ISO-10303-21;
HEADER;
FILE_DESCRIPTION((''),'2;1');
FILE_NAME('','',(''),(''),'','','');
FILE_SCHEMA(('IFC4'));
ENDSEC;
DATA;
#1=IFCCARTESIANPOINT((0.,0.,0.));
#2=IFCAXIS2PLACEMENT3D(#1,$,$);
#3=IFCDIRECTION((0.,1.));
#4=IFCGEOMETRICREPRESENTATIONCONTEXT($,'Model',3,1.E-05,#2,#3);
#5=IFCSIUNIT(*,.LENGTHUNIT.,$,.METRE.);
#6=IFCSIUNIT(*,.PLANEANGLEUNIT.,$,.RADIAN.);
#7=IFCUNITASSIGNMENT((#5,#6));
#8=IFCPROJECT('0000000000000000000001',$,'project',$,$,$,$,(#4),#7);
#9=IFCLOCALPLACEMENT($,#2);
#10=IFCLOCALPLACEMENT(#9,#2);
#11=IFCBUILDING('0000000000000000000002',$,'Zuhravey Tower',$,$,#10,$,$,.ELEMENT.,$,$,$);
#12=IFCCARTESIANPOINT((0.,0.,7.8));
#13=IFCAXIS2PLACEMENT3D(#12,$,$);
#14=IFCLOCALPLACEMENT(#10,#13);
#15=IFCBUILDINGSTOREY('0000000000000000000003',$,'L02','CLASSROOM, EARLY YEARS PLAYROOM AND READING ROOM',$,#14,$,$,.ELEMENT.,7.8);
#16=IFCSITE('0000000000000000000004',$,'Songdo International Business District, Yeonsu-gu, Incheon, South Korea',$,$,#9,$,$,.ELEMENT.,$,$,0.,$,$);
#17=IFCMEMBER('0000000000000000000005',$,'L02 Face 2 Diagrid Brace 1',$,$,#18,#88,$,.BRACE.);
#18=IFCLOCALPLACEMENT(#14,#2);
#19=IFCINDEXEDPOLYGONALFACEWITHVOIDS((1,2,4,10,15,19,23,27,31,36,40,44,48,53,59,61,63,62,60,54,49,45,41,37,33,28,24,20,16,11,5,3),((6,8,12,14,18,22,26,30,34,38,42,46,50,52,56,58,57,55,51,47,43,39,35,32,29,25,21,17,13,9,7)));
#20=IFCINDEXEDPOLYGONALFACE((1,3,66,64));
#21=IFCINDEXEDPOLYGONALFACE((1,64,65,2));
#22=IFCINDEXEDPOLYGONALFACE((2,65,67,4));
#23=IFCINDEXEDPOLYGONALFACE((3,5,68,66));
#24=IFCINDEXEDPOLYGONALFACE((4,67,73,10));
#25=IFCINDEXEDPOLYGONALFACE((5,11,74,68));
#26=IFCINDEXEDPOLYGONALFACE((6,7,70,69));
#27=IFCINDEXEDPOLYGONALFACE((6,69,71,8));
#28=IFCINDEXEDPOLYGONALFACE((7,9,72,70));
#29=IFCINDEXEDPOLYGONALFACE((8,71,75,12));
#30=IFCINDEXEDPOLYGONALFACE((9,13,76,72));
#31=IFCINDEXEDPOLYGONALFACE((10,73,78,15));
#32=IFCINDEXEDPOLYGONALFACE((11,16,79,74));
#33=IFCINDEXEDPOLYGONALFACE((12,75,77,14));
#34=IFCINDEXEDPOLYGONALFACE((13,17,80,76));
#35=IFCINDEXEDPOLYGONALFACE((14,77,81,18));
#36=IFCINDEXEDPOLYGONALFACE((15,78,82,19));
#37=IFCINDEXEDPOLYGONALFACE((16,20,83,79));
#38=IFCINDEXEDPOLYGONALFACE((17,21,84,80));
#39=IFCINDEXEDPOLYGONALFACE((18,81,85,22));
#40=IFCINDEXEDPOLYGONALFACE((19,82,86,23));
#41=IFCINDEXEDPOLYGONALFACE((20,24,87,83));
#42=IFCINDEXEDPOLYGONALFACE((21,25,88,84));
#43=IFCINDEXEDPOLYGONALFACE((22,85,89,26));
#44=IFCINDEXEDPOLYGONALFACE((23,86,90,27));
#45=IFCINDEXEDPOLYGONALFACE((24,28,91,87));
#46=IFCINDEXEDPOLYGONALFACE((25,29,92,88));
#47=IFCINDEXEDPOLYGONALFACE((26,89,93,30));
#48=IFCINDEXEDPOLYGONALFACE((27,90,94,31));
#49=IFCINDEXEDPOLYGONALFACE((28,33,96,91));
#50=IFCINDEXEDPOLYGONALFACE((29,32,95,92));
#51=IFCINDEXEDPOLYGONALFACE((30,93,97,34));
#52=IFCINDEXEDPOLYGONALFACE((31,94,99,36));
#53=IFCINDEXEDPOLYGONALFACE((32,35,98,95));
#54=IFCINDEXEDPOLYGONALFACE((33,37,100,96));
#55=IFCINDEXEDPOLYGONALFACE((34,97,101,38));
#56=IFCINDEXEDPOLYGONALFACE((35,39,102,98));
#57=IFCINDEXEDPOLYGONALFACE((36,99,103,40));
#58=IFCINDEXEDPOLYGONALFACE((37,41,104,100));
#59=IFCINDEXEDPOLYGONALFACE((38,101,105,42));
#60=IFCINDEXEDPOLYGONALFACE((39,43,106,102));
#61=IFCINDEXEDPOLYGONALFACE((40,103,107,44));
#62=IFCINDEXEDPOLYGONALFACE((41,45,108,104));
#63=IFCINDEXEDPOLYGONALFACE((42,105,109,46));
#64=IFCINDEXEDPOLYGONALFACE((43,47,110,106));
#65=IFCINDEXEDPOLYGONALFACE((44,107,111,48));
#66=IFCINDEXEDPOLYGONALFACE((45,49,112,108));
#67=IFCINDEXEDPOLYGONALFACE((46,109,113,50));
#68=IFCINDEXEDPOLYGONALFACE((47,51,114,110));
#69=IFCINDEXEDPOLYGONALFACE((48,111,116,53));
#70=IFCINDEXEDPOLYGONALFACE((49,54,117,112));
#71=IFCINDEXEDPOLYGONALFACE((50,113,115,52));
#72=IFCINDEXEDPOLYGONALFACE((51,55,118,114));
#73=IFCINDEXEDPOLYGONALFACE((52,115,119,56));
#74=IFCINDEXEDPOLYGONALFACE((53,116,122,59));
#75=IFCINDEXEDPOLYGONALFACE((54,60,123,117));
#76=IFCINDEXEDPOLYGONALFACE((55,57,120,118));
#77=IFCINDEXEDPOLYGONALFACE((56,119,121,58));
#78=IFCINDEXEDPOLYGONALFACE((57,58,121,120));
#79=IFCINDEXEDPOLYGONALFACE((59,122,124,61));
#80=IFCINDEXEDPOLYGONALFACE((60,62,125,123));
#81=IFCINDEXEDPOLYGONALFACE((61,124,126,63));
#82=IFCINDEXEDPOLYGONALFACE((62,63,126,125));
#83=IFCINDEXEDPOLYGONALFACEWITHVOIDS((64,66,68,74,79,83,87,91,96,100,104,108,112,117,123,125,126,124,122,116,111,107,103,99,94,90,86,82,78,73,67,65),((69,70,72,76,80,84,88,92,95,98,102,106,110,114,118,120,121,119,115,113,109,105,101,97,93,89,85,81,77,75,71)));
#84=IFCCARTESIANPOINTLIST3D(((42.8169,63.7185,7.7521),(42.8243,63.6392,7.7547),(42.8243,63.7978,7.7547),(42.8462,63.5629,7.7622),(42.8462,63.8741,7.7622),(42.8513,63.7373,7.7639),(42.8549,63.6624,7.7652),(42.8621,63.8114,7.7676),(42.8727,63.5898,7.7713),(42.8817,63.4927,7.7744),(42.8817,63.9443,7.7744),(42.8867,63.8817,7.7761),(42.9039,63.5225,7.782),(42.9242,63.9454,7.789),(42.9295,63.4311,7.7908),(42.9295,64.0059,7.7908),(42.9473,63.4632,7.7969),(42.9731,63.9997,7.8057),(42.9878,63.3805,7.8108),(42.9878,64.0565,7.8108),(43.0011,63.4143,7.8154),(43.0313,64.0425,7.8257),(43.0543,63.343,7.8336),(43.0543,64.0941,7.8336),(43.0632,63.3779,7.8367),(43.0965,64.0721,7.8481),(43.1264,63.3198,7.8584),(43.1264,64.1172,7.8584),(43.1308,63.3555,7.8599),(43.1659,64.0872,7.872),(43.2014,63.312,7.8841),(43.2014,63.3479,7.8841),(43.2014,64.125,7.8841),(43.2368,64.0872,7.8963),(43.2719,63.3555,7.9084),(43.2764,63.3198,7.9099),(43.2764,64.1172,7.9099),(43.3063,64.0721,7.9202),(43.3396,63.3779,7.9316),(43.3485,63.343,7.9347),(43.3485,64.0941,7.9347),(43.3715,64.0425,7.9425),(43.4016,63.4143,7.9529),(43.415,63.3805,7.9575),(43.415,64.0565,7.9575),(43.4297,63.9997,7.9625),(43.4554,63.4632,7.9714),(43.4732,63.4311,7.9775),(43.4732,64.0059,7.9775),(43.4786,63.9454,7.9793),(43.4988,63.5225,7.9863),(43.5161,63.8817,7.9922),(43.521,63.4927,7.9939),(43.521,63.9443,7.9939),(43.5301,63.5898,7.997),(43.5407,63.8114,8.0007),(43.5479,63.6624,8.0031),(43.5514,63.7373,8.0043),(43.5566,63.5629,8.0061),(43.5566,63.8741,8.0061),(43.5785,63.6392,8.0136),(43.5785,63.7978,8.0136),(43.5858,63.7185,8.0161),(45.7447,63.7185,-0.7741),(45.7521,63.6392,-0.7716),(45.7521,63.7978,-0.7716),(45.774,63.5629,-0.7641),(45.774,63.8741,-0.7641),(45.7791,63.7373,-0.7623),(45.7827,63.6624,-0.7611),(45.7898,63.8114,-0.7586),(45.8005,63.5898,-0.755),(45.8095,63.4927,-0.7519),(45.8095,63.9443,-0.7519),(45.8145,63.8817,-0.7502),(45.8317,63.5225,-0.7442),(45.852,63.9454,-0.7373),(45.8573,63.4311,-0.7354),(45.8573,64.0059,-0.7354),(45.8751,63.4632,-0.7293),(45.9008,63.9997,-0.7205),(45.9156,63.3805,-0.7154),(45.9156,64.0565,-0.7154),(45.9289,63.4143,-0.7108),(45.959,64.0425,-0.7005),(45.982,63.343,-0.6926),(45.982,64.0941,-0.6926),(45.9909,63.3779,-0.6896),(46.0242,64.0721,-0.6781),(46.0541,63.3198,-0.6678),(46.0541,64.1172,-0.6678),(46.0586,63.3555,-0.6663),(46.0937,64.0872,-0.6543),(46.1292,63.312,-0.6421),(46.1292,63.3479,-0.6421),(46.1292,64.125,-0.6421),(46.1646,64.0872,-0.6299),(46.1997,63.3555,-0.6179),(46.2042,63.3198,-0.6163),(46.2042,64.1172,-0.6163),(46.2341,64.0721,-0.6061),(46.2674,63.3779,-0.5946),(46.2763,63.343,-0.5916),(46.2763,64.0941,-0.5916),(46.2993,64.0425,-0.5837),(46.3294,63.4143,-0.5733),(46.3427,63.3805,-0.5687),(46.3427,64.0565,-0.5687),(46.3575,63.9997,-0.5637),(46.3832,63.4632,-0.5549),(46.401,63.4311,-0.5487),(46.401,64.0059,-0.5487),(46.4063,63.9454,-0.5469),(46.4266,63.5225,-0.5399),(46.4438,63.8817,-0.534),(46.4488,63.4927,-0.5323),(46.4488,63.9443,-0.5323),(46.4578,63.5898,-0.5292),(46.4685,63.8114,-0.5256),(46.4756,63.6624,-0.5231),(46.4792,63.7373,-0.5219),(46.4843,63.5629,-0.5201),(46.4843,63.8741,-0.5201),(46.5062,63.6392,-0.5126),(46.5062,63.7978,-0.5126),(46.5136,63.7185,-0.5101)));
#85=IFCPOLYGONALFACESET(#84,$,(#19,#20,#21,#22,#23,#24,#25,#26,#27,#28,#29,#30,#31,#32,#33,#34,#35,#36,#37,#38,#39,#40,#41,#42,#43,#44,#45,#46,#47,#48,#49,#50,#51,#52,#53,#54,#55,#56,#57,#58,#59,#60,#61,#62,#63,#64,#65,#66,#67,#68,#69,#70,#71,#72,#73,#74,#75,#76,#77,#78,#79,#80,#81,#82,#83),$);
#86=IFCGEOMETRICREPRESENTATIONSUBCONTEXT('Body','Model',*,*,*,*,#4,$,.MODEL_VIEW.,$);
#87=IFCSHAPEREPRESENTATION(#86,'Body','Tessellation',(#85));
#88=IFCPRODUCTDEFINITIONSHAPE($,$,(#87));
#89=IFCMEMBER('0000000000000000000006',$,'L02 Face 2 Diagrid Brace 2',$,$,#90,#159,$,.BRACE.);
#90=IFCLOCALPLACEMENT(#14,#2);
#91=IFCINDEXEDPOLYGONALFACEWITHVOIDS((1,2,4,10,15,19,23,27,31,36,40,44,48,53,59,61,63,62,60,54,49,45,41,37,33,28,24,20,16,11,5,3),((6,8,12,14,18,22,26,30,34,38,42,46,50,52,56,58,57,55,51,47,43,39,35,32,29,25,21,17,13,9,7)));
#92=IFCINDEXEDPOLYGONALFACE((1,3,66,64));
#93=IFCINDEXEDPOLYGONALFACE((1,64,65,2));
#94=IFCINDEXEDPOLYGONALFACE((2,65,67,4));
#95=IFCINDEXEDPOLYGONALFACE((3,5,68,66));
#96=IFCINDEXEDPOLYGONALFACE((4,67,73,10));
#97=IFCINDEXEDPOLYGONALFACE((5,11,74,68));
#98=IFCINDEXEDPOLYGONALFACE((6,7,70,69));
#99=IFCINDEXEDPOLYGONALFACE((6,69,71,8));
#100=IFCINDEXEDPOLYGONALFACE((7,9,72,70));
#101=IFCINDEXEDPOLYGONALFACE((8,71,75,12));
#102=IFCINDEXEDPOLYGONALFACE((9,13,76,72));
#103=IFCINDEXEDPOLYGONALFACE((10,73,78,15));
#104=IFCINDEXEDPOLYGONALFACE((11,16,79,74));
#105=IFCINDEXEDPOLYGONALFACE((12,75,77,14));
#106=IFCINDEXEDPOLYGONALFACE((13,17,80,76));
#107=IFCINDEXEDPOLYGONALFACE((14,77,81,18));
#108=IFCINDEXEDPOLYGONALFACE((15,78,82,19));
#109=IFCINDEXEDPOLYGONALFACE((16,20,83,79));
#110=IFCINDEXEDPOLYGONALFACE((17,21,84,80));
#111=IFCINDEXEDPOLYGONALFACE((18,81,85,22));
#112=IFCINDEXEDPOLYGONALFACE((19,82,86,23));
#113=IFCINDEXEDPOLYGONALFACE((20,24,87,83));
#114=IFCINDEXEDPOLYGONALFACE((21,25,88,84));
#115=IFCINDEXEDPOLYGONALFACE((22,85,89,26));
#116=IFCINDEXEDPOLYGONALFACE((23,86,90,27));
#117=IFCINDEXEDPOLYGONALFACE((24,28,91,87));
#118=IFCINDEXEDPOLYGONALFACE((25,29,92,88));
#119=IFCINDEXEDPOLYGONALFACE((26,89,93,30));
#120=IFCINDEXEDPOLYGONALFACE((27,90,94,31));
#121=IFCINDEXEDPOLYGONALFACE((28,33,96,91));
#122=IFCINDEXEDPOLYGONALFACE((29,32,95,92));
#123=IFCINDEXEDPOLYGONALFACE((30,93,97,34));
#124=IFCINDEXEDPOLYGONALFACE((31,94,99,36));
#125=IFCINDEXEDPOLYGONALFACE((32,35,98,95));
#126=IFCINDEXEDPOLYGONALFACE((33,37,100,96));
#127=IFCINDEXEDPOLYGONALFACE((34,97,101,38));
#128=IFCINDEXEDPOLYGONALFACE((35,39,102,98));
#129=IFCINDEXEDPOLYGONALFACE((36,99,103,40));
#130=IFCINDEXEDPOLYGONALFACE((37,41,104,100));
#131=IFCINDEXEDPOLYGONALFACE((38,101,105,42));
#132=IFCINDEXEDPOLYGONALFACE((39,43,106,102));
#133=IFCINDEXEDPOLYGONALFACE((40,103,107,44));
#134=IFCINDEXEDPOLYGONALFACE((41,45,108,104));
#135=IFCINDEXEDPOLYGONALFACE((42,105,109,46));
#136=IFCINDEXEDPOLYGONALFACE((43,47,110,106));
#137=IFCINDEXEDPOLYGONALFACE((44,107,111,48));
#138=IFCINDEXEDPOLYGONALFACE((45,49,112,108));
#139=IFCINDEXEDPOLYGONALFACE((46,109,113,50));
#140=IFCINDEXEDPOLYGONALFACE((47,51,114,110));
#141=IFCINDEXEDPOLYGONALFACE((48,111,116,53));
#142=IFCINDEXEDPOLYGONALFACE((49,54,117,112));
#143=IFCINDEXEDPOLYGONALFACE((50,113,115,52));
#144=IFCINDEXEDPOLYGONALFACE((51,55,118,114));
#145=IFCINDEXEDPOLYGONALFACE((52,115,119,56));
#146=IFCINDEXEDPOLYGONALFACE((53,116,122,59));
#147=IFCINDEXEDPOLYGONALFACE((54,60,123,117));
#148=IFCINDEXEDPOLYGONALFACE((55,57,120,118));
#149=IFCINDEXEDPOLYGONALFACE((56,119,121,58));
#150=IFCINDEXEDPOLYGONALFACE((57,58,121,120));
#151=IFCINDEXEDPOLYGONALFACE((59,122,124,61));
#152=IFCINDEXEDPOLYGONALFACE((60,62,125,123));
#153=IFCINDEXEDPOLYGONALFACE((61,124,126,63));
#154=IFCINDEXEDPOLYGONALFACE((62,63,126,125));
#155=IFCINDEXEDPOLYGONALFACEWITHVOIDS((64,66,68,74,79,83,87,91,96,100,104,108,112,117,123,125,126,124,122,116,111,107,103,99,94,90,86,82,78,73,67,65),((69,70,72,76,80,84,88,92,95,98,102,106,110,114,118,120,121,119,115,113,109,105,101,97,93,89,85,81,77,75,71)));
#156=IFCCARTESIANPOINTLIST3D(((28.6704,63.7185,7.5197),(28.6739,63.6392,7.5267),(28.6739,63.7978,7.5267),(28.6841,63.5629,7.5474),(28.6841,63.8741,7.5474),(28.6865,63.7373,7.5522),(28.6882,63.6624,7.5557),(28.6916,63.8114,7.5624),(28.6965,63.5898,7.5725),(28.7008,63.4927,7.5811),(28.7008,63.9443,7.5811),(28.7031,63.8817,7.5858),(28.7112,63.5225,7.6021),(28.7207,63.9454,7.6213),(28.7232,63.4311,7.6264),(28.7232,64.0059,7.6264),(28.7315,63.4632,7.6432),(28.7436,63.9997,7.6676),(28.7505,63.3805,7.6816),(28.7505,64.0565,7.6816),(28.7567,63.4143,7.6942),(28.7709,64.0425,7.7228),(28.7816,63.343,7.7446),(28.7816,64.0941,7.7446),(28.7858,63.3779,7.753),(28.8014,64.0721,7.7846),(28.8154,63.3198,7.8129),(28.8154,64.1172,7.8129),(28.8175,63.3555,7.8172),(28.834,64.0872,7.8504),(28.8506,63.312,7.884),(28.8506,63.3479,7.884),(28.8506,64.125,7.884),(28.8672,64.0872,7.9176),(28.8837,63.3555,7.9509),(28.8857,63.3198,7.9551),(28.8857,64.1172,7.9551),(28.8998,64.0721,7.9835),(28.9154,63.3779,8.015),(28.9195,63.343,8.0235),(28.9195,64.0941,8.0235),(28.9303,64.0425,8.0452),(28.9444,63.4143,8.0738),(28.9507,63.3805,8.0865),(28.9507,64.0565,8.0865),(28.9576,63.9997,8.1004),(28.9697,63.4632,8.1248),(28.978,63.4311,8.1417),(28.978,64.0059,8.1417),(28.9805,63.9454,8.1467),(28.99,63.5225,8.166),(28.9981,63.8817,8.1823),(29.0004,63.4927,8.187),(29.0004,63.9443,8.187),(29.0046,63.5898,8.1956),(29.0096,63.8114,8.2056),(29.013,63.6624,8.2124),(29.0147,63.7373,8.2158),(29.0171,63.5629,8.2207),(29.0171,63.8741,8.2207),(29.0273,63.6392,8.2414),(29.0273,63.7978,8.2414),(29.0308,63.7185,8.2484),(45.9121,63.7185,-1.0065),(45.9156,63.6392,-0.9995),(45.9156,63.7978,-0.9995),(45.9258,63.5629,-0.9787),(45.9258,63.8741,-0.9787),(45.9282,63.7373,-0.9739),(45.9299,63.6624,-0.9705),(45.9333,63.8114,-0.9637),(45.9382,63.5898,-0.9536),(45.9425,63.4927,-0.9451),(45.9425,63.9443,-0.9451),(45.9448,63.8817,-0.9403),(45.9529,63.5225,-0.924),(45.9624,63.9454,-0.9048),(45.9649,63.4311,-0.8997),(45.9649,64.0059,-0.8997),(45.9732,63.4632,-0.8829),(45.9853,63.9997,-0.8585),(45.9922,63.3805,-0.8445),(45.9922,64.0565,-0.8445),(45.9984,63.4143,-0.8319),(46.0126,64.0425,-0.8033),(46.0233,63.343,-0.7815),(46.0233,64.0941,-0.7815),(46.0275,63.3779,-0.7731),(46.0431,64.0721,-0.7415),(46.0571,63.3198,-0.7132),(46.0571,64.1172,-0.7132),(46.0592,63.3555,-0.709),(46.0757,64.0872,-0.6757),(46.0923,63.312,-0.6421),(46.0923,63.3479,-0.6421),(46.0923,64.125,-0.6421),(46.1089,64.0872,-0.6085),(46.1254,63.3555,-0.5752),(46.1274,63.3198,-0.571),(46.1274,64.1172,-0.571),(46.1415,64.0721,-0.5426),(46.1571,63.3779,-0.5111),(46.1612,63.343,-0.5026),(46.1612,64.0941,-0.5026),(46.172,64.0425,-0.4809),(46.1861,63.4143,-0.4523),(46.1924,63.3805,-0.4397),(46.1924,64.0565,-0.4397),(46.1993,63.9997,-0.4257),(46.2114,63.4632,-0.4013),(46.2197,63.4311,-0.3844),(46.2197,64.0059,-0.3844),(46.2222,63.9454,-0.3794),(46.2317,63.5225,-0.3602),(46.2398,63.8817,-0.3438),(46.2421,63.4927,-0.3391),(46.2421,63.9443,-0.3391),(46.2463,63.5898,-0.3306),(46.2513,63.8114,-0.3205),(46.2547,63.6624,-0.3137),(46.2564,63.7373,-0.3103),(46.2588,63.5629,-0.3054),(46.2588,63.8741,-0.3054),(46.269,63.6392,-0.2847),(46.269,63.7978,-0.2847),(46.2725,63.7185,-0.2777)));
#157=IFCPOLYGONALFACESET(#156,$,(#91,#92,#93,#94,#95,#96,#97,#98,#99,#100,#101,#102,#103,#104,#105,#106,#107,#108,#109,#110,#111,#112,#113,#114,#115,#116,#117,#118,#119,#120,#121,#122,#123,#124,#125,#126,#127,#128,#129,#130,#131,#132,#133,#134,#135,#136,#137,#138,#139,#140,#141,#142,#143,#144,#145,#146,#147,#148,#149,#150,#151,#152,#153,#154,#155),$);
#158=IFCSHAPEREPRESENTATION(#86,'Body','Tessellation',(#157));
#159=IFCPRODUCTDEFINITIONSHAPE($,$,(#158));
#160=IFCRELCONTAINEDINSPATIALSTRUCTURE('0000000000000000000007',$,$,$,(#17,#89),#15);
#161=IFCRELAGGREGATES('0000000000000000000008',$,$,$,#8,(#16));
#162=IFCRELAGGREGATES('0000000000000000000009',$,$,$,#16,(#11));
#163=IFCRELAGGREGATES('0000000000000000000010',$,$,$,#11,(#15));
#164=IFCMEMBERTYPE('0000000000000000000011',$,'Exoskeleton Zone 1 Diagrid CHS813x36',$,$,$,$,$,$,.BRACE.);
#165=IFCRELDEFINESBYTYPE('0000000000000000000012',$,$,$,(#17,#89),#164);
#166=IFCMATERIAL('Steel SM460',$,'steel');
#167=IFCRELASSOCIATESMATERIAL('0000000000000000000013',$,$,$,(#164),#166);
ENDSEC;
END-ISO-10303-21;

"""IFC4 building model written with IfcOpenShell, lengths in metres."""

from ifc_helpers import new_model, si_unit, direction, frame, origin, origin_2d, place, context, subcontext, project, spatial, hollow_circle, extrude, material, material_profile, profile_set, type_object, element, save


model = new_model("IFC4")

# Units and contexts
model_context = context("Model", 3, precision=1e-05, world=origin(), true_north=direction((0.0, 1.0)))
body_context = subcontext(model_context, "Body", "Model", "MODEL_VIEW")
ifc_project = project(units=[si_unit("LENGTHUNIT", "METRE"), si_unit("PLANEANGLEUNIT", "RADIAN")], contexts=[model_context])

# Site, building, storey
site_placement = place(None, origin())
site = spatial("IfcSite", under=ifc_project, at=site_placement, Name="Songdo International Business District, Yeonsu-gu, Incheon, South Korea", CompositionType="ELEMENT", RefElevation=0.0)
building_placement = place(site_placement, origin())
building = spatial("IfcBuilding", under=site, at=building_placement, Name="Zuhravey Tower", CompositionType="ELEMENT")
storey_placement = place(building_placement, frame((0.0, 0.0, 7.8)))
storey = spatial("IfcBuildingStorey", under=building, at=storey_placement, Name="L02", Description="CLASSROOM, EARLY YEARS PLAYROOM AND READING ROOM", CompositionType="ELEMENT", Elevation=7.8)

# Members
ifc_material_1 = material(Name="Steel SM460", Category="steel")
ifc_material_profile_1 = material_profile(ifc_material_1, hollow_circle(Radius=0.4065, WallThickness=0.0359, at=origin_2d()), Name="CHS-812.8x36")
ifc_profile_set_1 = profile_set([ifc_material_profile_1], Name="Steel SM460")
member_type_1 = type_object("IfcMemberType", Name="Exoskeleton Zone 1 Diagrid CHS813x36", PredefinedType="BRACE", material=ifc_profile_set_1)
member_1_placement = place(storey_placement, frame((46.1292, 63.7185, -0.6421), z_axis=(-0.32477, 0.0, 0.945793), x_axis=(0.0, -1.0, 0.0)))
element("IfcMember", 1, at=member_1_placement, inside=storey, type_object=member_type_1, Name="L02 Face 2 Diagrid Brace 1", PredefinedType="BRACE", context=body_context, shape_type="SweptSolid", body=[
    extrude(hollow_circle(Radius=0.4065, WallThickness=0.0359, at=origin_2d()), origin(), (0.0, 0.0, 1.0), 9.0149),
])
member_2_placement = place(storey_placement, frame((46.0923, 63.7185, -0.6421), z_axis=(-0.896388, 0.0, 0.443269), x_axis=(0.0, -1.0, 0.0)))
element("IfcMember", 2, at=member_2_placement, inside=storey, type_object=member_type_1, Name="L02 Face 2 Diagrid Brace 2", PredefinedType="BRACE", context=body_context, shape_type="SweptSolid", body=[
    extrude(hollow_circle(Radius=0.4065, WallThickness=0.0359, at=origin_2d()), origin(), (0.0, 0.0, 1.0), 19.2346),
])

save(model, "model.ifc")
